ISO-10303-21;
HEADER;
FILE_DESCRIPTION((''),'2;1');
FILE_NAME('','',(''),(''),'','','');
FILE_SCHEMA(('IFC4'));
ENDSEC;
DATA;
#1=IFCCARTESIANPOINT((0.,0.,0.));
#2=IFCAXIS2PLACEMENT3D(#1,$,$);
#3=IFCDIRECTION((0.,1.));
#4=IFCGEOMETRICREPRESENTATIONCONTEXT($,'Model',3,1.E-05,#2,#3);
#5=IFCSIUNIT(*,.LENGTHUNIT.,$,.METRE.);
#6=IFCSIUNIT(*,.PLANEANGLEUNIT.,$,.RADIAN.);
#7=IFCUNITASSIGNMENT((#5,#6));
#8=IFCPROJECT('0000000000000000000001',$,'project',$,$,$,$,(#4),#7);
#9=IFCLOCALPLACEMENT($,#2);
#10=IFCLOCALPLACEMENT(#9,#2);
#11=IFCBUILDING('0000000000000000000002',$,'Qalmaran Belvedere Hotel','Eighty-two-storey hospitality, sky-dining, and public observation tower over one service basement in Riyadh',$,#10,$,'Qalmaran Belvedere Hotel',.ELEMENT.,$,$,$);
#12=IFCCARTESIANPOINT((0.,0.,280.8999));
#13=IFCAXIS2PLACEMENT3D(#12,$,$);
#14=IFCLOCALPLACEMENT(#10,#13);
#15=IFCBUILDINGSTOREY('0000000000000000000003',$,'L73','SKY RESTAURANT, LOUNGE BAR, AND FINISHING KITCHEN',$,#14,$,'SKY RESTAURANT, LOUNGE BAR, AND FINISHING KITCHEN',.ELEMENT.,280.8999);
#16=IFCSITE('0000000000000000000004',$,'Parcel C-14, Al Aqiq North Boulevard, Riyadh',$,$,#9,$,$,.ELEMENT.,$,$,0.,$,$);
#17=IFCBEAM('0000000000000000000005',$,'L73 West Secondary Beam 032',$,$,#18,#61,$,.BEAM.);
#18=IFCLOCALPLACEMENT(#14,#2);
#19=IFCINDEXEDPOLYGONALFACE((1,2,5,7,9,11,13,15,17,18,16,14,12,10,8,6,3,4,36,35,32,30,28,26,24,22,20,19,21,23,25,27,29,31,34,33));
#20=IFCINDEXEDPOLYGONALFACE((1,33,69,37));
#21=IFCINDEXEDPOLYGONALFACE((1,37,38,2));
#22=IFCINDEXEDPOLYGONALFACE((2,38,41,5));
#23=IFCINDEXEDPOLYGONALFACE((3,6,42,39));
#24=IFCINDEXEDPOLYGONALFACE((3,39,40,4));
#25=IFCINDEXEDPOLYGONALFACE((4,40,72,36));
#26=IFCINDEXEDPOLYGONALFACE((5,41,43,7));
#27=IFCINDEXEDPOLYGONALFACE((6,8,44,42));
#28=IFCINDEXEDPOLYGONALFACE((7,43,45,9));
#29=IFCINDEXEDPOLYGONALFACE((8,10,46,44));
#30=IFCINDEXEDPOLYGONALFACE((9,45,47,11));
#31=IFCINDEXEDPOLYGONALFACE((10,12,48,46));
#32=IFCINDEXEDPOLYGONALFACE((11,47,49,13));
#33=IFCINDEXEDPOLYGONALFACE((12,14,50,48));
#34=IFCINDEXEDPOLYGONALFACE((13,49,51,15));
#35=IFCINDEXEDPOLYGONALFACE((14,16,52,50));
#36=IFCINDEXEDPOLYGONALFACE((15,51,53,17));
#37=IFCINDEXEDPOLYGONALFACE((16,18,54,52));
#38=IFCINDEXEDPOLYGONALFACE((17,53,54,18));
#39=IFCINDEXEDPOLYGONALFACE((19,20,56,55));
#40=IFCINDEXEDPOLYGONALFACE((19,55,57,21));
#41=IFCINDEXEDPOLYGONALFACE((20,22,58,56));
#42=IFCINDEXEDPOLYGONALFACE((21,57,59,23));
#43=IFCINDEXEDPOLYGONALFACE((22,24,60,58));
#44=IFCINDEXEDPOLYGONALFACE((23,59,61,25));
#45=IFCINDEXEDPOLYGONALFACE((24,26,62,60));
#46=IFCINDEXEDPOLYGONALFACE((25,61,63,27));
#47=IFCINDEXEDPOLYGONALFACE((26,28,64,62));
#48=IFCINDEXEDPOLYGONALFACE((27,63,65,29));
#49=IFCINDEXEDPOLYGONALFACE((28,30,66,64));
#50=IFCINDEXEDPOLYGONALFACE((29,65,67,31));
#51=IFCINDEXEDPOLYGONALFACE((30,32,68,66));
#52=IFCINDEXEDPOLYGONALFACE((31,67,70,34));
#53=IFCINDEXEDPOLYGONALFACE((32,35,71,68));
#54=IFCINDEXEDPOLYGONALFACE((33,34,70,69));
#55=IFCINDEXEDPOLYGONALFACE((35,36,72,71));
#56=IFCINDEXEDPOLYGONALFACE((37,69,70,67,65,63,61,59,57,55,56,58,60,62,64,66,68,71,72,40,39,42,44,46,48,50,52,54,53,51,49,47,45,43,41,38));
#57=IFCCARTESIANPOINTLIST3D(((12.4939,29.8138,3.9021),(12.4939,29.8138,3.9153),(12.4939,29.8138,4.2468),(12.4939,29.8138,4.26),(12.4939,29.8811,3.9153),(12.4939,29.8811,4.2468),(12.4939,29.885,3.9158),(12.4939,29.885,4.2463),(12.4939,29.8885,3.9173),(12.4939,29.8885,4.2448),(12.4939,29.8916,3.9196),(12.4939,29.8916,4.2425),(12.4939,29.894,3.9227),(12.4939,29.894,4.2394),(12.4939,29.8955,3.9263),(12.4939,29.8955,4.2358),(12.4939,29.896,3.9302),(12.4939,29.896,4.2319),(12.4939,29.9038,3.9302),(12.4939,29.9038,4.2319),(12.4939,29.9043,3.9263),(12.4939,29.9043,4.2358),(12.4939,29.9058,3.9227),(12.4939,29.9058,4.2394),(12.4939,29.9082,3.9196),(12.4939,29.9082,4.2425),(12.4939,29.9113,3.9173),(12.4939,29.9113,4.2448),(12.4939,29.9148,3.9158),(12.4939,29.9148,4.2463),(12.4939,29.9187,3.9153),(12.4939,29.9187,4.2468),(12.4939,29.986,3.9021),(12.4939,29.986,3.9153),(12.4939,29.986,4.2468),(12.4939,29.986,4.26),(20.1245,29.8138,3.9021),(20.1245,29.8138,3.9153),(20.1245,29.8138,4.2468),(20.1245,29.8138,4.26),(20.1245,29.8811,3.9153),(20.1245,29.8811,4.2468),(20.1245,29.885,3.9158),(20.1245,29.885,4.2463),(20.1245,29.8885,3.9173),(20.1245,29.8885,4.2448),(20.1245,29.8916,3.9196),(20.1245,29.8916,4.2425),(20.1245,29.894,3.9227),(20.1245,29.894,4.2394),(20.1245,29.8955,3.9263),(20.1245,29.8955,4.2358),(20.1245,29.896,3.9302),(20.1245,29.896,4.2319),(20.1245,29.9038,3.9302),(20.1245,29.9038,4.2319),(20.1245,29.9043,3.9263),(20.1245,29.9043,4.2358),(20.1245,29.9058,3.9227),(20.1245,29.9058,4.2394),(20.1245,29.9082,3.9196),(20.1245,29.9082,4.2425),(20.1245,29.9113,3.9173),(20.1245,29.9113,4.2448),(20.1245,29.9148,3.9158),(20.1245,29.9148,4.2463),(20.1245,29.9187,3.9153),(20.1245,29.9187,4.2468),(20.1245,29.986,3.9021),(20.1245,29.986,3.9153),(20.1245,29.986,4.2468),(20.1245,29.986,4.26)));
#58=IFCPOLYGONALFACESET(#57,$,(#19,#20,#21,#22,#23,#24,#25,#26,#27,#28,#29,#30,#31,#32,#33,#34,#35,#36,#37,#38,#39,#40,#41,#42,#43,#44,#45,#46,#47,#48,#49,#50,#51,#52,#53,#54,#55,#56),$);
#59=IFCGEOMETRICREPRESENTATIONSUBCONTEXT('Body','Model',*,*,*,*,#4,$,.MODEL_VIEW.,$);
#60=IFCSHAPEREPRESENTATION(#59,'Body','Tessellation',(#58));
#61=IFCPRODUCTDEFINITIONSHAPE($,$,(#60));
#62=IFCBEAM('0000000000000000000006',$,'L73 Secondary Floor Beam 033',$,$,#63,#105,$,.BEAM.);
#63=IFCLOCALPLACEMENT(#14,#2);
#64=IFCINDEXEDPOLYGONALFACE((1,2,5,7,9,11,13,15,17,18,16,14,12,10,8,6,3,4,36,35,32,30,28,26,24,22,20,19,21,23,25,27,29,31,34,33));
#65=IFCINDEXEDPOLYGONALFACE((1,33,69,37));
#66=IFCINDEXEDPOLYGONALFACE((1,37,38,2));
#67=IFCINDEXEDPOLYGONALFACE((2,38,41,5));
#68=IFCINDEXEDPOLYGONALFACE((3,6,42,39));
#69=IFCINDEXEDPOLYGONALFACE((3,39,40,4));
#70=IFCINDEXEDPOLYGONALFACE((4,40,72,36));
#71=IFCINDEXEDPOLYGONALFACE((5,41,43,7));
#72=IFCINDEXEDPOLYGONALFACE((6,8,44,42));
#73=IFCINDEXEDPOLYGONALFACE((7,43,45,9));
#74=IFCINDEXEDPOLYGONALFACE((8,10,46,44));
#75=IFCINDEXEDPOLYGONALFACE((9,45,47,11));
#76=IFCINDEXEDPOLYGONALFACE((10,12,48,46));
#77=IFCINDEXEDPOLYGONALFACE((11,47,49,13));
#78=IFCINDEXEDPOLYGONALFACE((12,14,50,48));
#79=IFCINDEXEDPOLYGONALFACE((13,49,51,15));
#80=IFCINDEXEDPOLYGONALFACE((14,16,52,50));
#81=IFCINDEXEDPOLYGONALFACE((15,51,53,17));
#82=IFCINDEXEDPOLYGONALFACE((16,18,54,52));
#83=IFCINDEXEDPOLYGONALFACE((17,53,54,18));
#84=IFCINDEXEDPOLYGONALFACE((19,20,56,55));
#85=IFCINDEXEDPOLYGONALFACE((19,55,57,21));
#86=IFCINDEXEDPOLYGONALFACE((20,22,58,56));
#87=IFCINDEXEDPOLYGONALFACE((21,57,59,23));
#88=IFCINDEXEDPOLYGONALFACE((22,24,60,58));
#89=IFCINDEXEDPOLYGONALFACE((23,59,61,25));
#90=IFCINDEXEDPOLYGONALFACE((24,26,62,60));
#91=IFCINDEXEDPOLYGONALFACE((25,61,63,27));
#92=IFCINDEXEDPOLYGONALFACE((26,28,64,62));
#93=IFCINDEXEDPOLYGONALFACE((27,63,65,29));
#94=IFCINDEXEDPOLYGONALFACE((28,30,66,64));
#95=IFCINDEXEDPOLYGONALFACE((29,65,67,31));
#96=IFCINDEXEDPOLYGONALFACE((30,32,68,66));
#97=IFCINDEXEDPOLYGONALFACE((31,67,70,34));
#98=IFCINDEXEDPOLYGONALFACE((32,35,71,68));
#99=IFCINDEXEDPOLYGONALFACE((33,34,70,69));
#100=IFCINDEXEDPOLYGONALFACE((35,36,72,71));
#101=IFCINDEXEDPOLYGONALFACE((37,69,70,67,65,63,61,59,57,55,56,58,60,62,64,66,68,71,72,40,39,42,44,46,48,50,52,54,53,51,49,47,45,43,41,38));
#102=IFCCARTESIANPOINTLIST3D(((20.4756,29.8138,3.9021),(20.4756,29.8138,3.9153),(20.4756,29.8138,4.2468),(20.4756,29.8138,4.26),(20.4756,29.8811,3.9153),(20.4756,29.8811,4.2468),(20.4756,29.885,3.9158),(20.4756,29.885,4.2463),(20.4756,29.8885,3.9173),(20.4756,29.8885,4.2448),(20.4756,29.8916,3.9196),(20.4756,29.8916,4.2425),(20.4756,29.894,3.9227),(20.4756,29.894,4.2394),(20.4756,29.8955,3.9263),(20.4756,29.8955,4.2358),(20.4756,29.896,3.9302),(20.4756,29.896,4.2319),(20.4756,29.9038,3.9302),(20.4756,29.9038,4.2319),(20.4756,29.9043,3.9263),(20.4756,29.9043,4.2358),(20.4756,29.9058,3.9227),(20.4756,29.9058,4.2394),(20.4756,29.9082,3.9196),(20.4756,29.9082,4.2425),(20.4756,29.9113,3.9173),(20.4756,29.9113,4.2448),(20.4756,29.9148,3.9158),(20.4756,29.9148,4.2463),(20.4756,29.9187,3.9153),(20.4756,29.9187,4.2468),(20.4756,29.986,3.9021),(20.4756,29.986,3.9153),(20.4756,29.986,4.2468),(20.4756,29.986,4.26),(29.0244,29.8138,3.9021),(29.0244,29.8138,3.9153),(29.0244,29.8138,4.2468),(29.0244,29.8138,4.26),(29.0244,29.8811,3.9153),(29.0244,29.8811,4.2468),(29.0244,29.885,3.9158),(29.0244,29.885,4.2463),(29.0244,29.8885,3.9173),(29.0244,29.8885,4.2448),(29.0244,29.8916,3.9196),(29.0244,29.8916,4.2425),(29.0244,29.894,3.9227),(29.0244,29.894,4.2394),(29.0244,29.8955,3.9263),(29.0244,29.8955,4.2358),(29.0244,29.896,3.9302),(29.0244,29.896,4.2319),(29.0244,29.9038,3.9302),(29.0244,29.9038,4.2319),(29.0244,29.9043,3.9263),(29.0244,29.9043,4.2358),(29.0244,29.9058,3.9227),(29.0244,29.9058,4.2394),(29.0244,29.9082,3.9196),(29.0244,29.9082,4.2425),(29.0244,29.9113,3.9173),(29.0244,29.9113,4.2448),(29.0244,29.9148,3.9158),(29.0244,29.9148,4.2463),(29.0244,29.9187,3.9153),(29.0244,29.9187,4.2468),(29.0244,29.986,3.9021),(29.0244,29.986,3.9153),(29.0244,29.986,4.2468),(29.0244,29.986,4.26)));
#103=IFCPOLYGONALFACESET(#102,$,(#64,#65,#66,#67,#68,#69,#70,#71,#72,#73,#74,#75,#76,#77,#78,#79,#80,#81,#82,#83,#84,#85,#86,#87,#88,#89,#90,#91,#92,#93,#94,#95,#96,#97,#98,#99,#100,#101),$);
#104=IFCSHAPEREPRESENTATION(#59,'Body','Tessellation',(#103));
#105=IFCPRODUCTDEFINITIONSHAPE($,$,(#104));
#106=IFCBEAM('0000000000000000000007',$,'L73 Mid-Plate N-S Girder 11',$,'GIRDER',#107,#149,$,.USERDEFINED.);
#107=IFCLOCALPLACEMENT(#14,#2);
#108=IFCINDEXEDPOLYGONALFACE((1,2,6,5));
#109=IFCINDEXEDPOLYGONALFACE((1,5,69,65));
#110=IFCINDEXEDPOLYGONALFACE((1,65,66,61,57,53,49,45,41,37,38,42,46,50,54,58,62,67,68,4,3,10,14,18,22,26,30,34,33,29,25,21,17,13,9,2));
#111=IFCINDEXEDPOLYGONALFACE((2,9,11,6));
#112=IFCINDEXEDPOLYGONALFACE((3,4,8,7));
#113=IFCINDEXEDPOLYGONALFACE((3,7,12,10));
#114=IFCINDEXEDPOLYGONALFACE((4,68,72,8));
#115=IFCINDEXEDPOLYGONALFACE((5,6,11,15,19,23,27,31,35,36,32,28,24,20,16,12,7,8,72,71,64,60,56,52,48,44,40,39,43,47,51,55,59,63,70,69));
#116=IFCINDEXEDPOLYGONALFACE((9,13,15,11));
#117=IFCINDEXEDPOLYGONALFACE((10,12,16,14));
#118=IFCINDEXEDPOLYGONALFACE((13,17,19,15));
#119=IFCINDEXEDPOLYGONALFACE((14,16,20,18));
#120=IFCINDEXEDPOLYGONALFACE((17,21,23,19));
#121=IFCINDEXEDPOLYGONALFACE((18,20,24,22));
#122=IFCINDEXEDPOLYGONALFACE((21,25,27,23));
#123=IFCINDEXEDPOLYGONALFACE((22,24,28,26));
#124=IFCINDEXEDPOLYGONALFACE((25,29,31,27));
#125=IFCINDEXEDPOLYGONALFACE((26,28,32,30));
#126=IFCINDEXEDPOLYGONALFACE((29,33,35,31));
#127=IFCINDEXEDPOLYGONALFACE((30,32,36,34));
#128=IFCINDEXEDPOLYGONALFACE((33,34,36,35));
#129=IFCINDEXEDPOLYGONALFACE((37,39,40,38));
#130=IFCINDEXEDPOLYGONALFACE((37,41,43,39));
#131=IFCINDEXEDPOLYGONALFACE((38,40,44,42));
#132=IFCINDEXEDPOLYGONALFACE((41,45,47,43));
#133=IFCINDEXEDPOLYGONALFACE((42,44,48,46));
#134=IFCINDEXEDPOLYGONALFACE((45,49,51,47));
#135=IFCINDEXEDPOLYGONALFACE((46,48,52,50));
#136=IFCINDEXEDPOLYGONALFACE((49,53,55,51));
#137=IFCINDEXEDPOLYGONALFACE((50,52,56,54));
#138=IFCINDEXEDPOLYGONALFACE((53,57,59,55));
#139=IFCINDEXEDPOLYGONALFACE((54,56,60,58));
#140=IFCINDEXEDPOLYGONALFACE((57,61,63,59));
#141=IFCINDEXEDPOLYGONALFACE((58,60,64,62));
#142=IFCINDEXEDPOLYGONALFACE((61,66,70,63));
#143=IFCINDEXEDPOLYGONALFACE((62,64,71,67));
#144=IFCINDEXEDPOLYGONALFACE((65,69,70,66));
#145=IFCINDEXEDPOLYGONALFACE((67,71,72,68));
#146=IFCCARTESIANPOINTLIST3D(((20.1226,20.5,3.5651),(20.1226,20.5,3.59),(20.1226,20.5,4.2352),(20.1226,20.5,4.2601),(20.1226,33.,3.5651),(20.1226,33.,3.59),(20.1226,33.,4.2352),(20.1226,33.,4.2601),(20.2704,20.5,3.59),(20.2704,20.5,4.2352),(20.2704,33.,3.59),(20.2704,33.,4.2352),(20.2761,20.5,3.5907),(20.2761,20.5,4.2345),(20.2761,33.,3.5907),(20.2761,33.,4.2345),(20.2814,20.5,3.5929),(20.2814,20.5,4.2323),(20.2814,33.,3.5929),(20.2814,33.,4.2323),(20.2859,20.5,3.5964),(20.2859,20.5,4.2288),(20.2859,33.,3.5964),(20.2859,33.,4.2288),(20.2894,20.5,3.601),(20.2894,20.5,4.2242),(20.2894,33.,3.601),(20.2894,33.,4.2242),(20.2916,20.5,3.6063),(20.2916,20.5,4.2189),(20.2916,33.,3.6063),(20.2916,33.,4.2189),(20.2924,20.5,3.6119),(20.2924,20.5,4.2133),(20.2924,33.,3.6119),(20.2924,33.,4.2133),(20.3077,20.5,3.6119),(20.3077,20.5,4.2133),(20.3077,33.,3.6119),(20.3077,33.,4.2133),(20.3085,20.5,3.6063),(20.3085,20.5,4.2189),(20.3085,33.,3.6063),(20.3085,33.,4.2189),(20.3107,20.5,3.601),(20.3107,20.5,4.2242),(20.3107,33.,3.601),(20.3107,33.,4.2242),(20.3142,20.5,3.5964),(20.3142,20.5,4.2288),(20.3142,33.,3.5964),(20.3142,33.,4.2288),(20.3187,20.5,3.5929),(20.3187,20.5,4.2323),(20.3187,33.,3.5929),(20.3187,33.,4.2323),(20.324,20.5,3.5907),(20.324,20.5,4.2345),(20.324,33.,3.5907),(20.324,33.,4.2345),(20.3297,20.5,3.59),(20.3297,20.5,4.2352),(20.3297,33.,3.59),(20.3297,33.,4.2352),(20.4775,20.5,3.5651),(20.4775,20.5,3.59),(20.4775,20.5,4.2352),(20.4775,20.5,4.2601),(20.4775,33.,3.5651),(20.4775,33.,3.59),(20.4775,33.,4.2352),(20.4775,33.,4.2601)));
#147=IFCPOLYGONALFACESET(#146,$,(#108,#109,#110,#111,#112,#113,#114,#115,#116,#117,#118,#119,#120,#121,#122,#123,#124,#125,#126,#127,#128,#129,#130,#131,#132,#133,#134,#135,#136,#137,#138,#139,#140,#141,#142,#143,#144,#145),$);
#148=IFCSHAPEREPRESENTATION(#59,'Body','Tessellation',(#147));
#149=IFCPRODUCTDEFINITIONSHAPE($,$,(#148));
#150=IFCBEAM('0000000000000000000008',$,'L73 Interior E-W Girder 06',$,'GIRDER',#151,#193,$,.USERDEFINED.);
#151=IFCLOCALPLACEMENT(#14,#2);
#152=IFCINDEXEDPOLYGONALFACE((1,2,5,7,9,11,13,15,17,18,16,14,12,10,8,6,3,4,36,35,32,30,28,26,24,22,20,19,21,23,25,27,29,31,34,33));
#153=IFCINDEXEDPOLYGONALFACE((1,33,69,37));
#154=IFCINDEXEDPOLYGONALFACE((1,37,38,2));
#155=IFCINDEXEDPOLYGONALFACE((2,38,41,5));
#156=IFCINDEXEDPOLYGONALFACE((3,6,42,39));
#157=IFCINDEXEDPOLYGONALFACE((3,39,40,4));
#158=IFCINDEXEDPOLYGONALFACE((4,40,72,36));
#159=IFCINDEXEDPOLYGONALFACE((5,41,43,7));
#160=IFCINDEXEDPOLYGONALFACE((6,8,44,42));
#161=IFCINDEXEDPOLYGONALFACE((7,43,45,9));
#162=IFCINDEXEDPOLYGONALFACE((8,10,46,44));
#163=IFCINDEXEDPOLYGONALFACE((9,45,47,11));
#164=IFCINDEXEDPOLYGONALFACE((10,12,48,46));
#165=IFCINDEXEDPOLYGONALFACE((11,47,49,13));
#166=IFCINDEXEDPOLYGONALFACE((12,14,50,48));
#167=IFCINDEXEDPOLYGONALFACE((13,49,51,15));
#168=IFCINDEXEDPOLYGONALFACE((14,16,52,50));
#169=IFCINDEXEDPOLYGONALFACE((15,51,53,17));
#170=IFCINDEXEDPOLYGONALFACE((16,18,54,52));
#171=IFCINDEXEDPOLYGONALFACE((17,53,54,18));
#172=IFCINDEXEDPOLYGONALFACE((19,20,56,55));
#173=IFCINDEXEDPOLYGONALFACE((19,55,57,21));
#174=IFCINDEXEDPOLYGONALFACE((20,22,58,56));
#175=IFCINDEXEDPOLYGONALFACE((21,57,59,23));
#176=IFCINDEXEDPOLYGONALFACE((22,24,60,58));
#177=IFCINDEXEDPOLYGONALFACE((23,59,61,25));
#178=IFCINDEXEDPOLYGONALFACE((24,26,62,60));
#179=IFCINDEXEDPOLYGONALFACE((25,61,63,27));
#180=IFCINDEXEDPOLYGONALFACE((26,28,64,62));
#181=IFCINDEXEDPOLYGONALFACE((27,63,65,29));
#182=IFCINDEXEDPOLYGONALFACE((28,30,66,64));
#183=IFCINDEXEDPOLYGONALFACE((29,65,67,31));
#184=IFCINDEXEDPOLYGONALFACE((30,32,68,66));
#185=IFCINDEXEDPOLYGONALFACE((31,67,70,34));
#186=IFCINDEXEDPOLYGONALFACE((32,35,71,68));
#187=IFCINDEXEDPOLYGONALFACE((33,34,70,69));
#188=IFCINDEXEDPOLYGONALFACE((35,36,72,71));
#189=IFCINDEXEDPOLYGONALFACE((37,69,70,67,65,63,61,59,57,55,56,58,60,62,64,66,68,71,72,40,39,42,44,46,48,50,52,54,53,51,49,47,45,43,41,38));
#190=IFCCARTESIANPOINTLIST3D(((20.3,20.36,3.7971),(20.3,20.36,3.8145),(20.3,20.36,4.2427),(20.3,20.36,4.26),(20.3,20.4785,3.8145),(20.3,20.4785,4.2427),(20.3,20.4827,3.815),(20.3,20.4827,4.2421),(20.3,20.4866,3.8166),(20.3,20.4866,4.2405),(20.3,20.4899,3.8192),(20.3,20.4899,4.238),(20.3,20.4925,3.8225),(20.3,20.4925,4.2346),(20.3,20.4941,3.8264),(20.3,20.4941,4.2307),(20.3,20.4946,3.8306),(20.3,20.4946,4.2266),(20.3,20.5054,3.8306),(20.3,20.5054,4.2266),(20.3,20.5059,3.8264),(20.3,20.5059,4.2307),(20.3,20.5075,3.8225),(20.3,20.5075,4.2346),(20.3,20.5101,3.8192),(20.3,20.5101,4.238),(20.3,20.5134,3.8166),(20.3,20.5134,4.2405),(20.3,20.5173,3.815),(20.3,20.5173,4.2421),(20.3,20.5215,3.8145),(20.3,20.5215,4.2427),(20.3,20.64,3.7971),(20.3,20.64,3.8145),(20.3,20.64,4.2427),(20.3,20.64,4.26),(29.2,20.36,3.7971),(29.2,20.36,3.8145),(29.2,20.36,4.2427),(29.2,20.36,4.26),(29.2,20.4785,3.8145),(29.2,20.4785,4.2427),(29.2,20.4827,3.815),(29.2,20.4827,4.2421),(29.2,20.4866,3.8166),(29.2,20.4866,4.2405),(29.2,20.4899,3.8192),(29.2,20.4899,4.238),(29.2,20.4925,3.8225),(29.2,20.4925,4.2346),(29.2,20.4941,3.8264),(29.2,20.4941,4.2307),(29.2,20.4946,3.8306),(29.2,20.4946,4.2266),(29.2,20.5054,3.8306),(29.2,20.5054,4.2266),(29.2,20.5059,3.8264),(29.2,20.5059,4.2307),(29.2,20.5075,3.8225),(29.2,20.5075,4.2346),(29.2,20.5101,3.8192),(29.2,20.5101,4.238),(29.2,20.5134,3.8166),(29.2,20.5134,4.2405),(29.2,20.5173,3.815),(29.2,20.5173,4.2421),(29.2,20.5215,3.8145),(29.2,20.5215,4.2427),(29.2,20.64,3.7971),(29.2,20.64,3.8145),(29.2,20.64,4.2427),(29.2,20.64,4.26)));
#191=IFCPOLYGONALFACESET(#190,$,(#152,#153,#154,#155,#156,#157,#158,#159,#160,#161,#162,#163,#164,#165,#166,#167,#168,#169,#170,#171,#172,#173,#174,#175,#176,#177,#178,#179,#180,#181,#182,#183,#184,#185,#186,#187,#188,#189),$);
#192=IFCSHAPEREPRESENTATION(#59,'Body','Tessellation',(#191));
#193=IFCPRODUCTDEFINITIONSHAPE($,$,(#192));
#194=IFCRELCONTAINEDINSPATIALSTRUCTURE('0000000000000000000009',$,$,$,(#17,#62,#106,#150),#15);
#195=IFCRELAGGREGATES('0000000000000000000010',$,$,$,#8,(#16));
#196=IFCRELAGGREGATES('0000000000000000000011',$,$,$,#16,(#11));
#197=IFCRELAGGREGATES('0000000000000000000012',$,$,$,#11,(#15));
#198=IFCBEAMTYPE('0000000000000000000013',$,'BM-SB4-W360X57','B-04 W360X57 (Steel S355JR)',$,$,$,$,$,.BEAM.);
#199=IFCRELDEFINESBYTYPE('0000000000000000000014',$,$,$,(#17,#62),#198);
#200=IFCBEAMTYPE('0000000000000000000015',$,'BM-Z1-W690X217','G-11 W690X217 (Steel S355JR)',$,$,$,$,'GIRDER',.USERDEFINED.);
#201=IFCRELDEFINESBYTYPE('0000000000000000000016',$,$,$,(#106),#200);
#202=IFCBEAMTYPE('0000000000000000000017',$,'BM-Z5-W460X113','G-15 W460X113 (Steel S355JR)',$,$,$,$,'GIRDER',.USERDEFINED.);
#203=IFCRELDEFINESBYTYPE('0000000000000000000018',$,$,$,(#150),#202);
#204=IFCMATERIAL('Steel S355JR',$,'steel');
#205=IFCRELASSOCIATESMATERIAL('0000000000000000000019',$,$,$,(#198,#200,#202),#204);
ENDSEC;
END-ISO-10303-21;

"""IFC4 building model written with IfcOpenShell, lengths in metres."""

from ifc_helpers import new_model, si_unit, direction, frame, origin, origin_2d, place, context, subcontext, project, spatial, i_section, extrude, material, material_profile, profile_set, type_object, element, save


model = new_model("IFC4")

# Units and contexts
model_context = context("Model", 3, precision=1e-05, world=origin(), true_north=direction((0.0, 1.0)))
body_context = subcontext(model_context, "Body", "Model", "MODEL_VIEW")
ifc_project = project(units=[si_unit("LENGTHUNIT", "METRE"), si_unit("PLANEANGLEUNIT", "RADIAN")], contexts=[model_context])

# Site, building, storey
site_placement = place(None, origin())
site = spatial("IfcSite", under=ifc_project, at=site_placement, Name="Parcel C-14, Al Aqiq North Boulevard, Riyadh", CompositionType="ELEMENT", RefElevation=0.0)
building_placement = place(site_placement, origin())
building = spatial("IfcBuilding", under=site, at=building_placement, Name="Qalmaran Belvedere Hotel", Description="Eighty-two-storey hospitality, sky-dining, and public observation tower over one service basement in Riyadh", LongName="Qalmaran Belvedere Hotel", CompositionType="ELEMENT")
storey_placement = place(building_placement, frame((0.0, 0.0, 280.8999)))
storey = spatial("IfcBuildingStorey", under=building, at=storey_placement, Name="L73", Description="SKY RESTAURANT, LOUNGE BAR, AND FINISHING KITCHEN", LongName="SKY RESTAURANT, LOUNGE BAR, AND FINISHING KITCHEN", CompositionType="ELEMENT", Elevation=280.8999)

# Beams
ifc_material_1 = material(Name="Steel S355JR", Category="steel")
ifc_material_profile_1 = material_profile(ifc_material_1, i_section(OverallWidth=0.1721, OverallDepth=0.3579, WebThickness=0.0078, FlangeThickness=0.0132, FilletRadius=0.0149, at=origin_2d()), Name="W360X57")
ifc_profile_set_1 = profile_set([ifc_material_profile_1], Name="Steel S355JR")
beam_type_1 = type_object("IfcBeamType", Name="BM-SB4-W360X57", Description="B-04 W360X57 (Steel S355JR)", PredefinedType="BEAM", material=ifc_profile_set_1)
beam_1_placement = place(storey_placement, frame((12.4939, 29.8999, 4.0811), z_axis=(1.0, 0.0, 0.0), x_axis=(0.0, 1.0, 0.0)))
element("IfcBeam", 1, at=beam_1_placement, inside=storey, type_object=beam_type_1, Name="L73 West Secondary Beam 032", PredefinedType="BEAM", context=body_context, shape_type="SweptSolid", body=[
    extrude(i_section(OverallWidth=0.1721, OverallDepth=0.3579, WebThickness=0.0078, FlangeThickness=0.0132, FilletRadius=0.0149, at=origin_2d()), origin(), (0.0, 0.0, 1.0), 7.6306),
])
beam_2_placement = place(storey_placement, frame((20.4756, 29.8999, 4.0811), z_axis=(1.0, 0.0, 0.0), x_axis=(0.0, 1.0, 0.0)))
element("IfcBeam", 2, at=beam_2_placement, inside=storey, type_object=beam_type_1, Name="L73 Secondary Floor Beam 033", PredefinedType="BEAM", context=body_context, shape_type="SweptSolid", body=[
    extrude(i_section(OverallWidth=0.1721, OverallDepth=0.3579, WebThickness=0.0078, FlangeThickness=0.0132, FilletRadius=0.0149, at=origin_2d()), origin(), (0.0, 0.0, 1.0), 8.5488),
])
ifc_material_profile_2 = material_profile(ifc_material_1, i_section(OverallWidth=0.355, OverallDepth=0.6951, WebThickness=0.0154, FlangeThickness=0.0249, FilletRadius=0.022, at=origin_2d()), Name="W690X217")
ifc_profile_set_2 = profile_set([ifc_material_profile_2], Name="Steel S355JR")
beam_type_2 = type_object("IfcBeamType", Name="BM-Z1-W690X217", Description="G-11 W690X217 (Steel S355JR)", ElementType="GIRDER", PredefinedType="USERDEFINED", material=ifc_profile_set_2)
beam_3_placement = place(storey_placement, frame((20.3, 20.5, 3.9126), z_axis=(0.0, 1.0, 0.0), x_axis=(-1.0, 0.0, 0.0)))
element("IfcBeam", 3, at=beam_3_placement, inside=storey, type_object=beam_type_2, Name="L73 Mid-Plate N-S Girder 11", ObjectType="GIRDER", PredefinedType="USERDEFINED", context=body_context, shape_type="SweptSolid", body=[
    extrude(i_section(OverallWidth=0.355, OverallDepth=0.6951, WebThickness=0.0154, FlangeThickness=0.0249, FilletRadius=0.022, at=origin_2d()), origin(), (0.0, 0.0, 1.0), 12.5),
])
ifc_material_profile_3 = material_profile(ifc_material_1, i_section(OverallWidth=0.28, OverallDepth=0.4629, WebThickness=0.0107, FlangeThickness=0.0173, FilletRadius=0.0161, at=origin_2d()), Name="W460X113")
ifc_profile_set_3 = profile_set([ifc_material_profile_3], Name="Steel S355JR")
beam_type_3 = type_object("IfcBeamType", Name="BM-Z5-W460X113", Description="G-15 W460X113 (Steel S355JR)", ElementType="GIRDER", PredefinedType="USERDEFINED", material=ifc_profile_set_3)
beam_4_placement = place(storey_placement, frame((20.3, 20.5, 4.0286), z_axis=(1.0, 0.0, 0.0), x_axis=(0.0, 1.0, 0.0)))
element("IfcBeam", 4, at=beam_4_placement, inside=storey, type_object=beam_type_3, Name="L73 Interior E-W Girder 06", ObjectType="GIRDER", PredefinedType="USERDEFINED", context=body_context, shape_type="SweptSolid", body=[
    extrude(i_section(OverallWidth=0.28, OverallDepth=0.4629, WebThickness=0.0107, FlangeThickness=0.0173, FilletRadius=0.0161, at=origin_2d()), origin(), (0.0, 0.0, 1.0), 8.8999),
])

save(model, "model.ifc")
